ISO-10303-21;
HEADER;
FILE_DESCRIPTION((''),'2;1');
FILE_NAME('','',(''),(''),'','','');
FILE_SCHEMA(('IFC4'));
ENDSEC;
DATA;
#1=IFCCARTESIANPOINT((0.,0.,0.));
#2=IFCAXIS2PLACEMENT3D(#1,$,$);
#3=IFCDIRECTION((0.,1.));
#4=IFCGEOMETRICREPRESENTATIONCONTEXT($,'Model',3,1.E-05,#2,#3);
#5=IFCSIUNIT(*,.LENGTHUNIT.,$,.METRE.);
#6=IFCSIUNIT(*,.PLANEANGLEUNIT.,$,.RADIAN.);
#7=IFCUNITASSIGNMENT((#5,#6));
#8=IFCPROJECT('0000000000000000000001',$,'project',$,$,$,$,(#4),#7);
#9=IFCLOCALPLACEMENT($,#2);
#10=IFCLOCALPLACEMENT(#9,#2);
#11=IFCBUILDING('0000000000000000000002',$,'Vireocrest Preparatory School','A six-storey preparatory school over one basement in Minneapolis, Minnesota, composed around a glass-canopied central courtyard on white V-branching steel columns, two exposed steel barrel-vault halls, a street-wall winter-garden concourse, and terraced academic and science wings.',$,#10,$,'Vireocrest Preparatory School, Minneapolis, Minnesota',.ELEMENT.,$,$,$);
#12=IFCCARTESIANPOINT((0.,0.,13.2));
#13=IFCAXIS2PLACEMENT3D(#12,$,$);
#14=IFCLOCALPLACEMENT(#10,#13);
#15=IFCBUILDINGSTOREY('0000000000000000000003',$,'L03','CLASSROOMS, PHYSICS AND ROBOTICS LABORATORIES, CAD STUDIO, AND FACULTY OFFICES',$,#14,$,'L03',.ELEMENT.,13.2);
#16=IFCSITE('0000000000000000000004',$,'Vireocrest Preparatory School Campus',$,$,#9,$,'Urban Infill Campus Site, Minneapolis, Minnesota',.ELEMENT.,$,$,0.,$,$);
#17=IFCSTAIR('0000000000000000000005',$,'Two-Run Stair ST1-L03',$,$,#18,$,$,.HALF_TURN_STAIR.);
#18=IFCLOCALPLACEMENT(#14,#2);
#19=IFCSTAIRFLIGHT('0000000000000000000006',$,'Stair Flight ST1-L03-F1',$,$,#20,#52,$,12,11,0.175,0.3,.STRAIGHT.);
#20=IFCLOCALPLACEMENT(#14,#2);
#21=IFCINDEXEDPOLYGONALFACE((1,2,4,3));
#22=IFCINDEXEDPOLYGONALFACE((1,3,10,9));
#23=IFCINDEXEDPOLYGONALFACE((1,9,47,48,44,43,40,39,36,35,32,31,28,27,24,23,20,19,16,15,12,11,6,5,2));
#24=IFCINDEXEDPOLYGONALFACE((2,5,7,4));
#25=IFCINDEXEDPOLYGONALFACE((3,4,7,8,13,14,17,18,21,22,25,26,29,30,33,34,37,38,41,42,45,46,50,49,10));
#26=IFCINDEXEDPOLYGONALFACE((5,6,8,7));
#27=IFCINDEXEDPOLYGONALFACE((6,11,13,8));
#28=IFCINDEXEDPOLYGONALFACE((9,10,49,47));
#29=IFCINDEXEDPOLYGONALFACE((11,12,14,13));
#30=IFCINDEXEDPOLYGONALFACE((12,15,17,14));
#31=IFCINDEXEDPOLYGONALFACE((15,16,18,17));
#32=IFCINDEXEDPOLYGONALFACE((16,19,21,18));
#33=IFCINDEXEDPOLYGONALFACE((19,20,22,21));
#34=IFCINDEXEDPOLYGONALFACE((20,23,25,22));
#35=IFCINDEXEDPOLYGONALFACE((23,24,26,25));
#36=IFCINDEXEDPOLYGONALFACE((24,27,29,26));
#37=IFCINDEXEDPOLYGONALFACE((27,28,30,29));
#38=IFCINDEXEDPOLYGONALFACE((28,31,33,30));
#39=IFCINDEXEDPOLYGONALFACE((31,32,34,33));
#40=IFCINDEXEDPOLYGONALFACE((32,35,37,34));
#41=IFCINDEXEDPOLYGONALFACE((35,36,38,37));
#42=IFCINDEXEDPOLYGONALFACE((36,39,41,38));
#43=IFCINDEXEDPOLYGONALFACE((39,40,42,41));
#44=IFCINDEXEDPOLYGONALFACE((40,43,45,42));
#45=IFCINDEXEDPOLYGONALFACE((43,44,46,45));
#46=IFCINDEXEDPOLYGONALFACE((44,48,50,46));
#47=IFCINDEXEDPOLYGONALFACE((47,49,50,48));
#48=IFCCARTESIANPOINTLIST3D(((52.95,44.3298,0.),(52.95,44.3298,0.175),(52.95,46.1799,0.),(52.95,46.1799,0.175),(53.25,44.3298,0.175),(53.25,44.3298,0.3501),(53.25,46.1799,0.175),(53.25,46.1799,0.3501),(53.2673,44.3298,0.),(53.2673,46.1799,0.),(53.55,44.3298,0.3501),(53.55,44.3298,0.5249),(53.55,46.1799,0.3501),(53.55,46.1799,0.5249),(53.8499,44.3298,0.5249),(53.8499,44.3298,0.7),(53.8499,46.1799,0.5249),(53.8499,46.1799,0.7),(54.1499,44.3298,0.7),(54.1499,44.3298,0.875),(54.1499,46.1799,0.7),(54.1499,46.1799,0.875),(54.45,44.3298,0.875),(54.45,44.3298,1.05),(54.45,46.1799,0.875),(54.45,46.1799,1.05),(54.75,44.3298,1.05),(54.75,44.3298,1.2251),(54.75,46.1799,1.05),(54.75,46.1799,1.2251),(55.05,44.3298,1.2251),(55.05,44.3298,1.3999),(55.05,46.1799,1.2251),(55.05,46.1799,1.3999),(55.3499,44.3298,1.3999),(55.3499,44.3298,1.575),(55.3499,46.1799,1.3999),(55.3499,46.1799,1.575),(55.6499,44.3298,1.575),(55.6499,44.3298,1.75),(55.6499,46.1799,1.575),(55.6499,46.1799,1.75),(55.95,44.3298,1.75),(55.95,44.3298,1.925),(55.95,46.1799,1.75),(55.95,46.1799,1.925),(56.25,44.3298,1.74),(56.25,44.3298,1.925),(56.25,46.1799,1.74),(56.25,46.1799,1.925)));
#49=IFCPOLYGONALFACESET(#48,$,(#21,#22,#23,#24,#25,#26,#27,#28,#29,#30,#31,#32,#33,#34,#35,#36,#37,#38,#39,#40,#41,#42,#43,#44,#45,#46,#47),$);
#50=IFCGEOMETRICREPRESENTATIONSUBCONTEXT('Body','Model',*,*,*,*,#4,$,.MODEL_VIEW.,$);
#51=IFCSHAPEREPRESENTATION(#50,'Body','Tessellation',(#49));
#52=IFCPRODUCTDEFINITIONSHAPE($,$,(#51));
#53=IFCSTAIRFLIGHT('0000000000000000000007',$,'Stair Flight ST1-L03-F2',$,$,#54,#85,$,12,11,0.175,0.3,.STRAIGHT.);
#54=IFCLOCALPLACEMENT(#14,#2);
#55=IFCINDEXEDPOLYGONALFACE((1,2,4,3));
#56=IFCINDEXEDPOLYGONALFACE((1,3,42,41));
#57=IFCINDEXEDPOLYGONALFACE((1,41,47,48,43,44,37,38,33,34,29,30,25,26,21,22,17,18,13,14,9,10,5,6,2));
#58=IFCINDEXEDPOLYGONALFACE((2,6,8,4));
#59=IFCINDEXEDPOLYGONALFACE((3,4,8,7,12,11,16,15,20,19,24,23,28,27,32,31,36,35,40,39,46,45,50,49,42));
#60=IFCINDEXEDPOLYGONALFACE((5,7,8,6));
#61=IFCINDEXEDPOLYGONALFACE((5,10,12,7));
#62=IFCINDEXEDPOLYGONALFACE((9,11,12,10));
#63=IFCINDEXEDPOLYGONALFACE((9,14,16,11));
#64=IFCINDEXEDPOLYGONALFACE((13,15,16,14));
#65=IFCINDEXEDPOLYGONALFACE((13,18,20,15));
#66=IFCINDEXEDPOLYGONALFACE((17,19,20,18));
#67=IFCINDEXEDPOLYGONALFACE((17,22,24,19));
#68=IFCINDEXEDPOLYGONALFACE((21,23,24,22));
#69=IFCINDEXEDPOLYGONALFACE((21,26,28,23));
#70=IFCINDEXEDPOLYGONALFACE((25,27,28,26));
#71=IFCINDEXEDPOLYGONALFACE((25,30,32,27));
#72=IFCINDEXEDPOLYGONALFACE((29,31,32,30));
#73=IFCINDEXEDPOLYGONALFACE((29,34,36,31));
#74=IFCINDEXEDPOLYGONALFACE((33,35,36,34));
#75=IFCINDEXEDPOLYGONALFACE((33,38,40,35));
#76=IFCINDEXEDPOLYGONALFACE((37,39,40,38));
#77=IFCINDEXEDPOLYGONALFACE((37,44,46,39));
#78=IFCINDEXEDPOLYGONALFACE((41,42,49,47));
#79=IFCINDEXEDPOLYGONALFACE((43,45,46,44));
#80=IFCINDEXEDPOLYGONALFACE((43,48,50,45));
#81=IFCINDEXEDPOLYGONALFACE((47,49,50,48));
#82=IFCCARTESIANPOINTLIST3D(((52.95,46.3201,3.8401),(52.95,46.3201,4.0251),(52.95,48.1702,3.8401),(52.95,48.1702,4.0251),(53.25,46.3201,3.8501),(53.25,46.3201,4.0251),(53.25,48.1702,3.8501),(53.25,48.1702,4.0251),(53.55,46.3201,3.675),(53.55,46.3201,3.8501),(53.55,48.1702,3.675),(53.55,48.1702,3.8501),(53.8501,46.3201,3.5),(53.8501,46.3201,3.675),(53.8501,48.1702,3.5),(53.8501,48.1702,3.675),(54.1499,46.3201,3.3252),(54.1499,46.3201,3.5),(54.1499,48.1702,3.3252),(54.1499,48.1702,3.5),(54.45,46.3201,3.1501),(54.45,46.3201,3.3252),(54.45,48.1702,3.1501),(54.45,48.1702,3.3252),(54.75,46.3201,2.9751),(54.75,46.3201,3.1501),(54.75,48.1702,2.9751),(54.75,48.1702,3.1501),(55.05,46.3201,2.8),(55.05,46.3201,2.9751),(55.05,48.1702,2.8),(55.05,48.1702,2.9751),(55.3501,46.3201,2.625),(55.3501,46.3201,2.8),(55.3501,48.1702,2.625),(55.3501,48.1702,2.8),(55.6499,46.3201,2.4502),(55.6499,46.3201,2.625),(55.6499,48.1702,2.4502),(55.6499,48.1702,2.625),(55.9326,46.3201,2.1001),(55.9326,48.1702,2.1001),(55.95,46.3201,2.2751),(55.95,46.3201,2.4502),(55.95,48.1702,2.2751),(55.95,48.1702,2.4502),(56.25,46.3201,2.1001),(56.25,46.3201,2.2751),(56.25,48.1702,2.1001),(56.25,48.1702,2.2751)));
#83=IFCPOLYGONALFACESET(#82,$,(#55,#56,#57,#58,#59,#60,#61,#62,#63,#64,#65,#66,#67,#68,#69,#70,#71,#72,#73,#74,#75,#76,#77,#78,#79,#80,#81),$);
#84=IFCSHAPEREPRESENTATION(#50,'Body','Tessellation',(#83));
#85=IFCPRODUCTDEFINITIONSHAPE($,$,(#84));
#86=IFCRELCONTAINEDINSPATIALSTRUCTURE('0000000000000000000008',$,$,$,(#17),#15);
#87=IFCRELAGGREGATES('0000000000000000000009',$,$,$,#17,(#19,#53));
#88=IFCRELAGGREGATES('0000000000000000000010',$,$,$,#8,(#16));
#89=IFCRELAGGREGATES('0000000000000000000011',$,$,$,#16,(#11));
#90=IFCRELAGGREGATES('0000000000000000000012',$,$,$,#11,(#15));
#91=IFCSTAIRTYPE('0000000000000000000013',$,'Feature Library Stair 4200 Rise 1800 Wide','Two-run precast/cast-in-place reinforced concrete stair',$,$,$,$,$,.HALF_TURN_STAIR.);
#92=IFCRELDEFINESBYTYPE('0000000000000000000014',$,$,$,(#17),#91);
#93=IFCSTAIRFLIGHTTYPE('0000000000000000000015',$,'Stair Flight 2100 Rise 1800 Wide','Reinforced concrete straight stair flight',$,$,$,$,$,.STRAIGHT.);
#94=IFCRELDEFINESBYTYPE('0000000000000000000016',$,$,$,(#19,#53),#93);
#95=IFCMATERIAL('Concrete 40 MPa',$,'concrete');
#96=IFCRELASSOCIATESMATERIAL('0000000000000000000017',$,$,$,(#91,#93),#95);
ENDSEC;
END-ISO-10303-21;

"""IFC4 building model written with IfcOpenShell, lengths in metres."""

from ifc_helpers import new_model, si_unit, direction, frame, origin, place, context, subcontext, project, spatial, polyline, outline, extrude, material, type_object, element, aggregate, save


model = new_model("IFC4")

# Units and contexts
model_context = context("Model", 3, precision=1e-05, world=origin(), true_north=direction((0.0, 1.0)))
body_context = subcontext(model_context, "Body", "Model", "MODEL_VIEW")
ifc_project = project(units=[si_unit("LENGTHUNIT", "METRE"), si_unit("PLANEANGLEUNIT", "RADIAN")], contexts=[model_context])

# Site, building, storey
site_placement = place(None, origin())
site = spatial("IfcSite", under=ifc_project, at=site_placement, Name="Vireocrest Preparatory School Campus", LongName="Urban Infill Campus Site, Minneapolis, Minnesota", CompositionType="ELEMENT", RefElevation=0.0)
building_placement = place(site_placement, origin())
building = spatial("IfcBuilding", under=site, at=building_placement, Name="Vireocrest Preparatory School", Description="A six-storey preparatory school over one basement in Minneapolis, Minnesota, composed around a glass-canopied central courtyard on white V-branching steel columns, two exposed steel barrel-vault halls, a street-wall winter-garden concourse, and terraced academic and science wings.", LongName="Vireocrest Preparatory School, Minneapolis, Minnesota", CompositionType="ELEMENT")
storey_placement = place(building_placement, frame((0.0, 0.0, 13.2)))
storey = spatial("IfcBuildingStorey", under=building, at=storey_placement, Name="L03", Description="CLASSROOMS, PHYSICS AND ROBOTICS LABORATORIES, CAD STUDIO, AND FACULTY OFFICES", LongName="L03", CompositionType="ELEMENT", Elevation=13.2)

# Shared definitions
ifc_material_1 = material(Name="Concrete 40 MPa", Category="concrete")

# Stair, stair flights
stair_type = type_object("IfcStairType", Name="Feature Library Stair 4200 Rise 1800 Wide", Description="Two-run precast/cast-in-place reinforced concrete stair", PredefinedType="HALF_TURN_STAIR", material=ifc_material_1)
stair_placement = place(storey_placement, origin())
stair = element("IfcStair", 1, at=stair_placement, inside=storey, type_object=stair_type, Name="Two-Run Stair ST1-L03", PredefinedType="HALF_TURN_STAIR")
stair_flight_type = type_object("IfcStairFlightType", Name="Stair Flight 2100 Rise 1800 Wide", Description="Reinforced concrete straight stair flight", PredefinedType="STRAIGHT", material=ifc_material_1)
stair_flight_1_placement = place(storey_placement, frame((52.95, 45.2549, 0.0), z_axis=(0.0, 0.0, 1.0), x_axis=(1.0, 0.0, 0.0)))
stair_flight_1 = element("IfcStairFlight", 2, at=stair_flight_1_placement, type_object=stair_flight_type, Name="Stair Flight ST1-L03-F1", NumberOfRisers=12, NumberOfTreads=11, PredefinedType="STRAIGHT", RiserHeight=0.175, TreadLength=0.3, context=body_context, shape_type="SweptSolid", body=[
    extrude(outline(polyline([(0.0, 0.0), (0.0, 0.175), (0.3, 0.175), (0.3, 0.3501), (0.6001, 0.3501), (0.6001, 0.5249), (0.8999, 0.5249), (0.8999, 0.7), (1.2, 0.7), (1.2, 0.875), (1.5, 0.875), (1.5, 1.05), (1.8, 1.05), (1.8, 1.2251), (2.1001, 1.2251), (2.1001, 1.3999), (2.3999, 1.3999), (2.3999, 1.575), (2.7, 1.575), (2.7, 1.75), (3.0, 1.75), (3.0, 1.925), (3.3, 1.925), (3.3, 2.1001), (3.3, 1.74), (0.3174, 0.0), (0.0, 0.0)])), frame((0.0, 0.925, 0.0), z_axis=(0.0, -1.0, 0.0), x_axis=(1.0, 0.0, 0.0)), (0.0, 0.0, 1.0), 1.8501),
])
stair_flight_2_placement = place(storey_placement, frame((56.25, 47.2451, 2.1001), z_axis=(0.0, 0.0, 1.0), x_axis=(-1.0, 0.0, 0.0)))
stair_flight_2 = element("IfcStairFlight", 3, at=stair_flight_2_placement, type_object=stair_flight_type, Name="Stair Flight ST1-L03-F2", NumberOfRisers=12, NumberOfTreads=11, PredefinedType="STRAIGHT", RiserHeight=0.175, TreadLength=0.3, context=body_context, shape_type="SweptSolid", body=[
    extrude(outline(polyline([(0.0, 0.0), (0.0, 0.175), (0.3, 0.175), (0.3, 0.3501), (0.6001, 0.3501), (0.6001, 0.5249), (0.8999, 0.5249), (0.8999, 0.7), (1.2, 0.7), (1.2, 0.875), (1.5, 0.875), (1.5, 1.05), (1.8, 1.05), (1.8, 1.2251), (2.1001, 1.2251), (2.1001, 1.3999), (2.3999, 1.3999), (2.3999, 1.575), (2.7, 1.575), (2.7, 1.75), (3.0, 1.75), (3.0, 1.925), (3.3, 1.925), (3.3, 2.1001), (3.3, 1.74), (0.3174, 0.0), (0.0, 0.0)])), frame((0.0, 0.925, 0.0), z_axis=(0.0, -1.0, 0.0), x_axis=(1.0, 0.0, 0.0)), (0.0, 0.0, 1.0), 1.8501),
])
aggregate(stair, [stair_flight_1, stair_flight_2])

save(model, "model.ifc")
